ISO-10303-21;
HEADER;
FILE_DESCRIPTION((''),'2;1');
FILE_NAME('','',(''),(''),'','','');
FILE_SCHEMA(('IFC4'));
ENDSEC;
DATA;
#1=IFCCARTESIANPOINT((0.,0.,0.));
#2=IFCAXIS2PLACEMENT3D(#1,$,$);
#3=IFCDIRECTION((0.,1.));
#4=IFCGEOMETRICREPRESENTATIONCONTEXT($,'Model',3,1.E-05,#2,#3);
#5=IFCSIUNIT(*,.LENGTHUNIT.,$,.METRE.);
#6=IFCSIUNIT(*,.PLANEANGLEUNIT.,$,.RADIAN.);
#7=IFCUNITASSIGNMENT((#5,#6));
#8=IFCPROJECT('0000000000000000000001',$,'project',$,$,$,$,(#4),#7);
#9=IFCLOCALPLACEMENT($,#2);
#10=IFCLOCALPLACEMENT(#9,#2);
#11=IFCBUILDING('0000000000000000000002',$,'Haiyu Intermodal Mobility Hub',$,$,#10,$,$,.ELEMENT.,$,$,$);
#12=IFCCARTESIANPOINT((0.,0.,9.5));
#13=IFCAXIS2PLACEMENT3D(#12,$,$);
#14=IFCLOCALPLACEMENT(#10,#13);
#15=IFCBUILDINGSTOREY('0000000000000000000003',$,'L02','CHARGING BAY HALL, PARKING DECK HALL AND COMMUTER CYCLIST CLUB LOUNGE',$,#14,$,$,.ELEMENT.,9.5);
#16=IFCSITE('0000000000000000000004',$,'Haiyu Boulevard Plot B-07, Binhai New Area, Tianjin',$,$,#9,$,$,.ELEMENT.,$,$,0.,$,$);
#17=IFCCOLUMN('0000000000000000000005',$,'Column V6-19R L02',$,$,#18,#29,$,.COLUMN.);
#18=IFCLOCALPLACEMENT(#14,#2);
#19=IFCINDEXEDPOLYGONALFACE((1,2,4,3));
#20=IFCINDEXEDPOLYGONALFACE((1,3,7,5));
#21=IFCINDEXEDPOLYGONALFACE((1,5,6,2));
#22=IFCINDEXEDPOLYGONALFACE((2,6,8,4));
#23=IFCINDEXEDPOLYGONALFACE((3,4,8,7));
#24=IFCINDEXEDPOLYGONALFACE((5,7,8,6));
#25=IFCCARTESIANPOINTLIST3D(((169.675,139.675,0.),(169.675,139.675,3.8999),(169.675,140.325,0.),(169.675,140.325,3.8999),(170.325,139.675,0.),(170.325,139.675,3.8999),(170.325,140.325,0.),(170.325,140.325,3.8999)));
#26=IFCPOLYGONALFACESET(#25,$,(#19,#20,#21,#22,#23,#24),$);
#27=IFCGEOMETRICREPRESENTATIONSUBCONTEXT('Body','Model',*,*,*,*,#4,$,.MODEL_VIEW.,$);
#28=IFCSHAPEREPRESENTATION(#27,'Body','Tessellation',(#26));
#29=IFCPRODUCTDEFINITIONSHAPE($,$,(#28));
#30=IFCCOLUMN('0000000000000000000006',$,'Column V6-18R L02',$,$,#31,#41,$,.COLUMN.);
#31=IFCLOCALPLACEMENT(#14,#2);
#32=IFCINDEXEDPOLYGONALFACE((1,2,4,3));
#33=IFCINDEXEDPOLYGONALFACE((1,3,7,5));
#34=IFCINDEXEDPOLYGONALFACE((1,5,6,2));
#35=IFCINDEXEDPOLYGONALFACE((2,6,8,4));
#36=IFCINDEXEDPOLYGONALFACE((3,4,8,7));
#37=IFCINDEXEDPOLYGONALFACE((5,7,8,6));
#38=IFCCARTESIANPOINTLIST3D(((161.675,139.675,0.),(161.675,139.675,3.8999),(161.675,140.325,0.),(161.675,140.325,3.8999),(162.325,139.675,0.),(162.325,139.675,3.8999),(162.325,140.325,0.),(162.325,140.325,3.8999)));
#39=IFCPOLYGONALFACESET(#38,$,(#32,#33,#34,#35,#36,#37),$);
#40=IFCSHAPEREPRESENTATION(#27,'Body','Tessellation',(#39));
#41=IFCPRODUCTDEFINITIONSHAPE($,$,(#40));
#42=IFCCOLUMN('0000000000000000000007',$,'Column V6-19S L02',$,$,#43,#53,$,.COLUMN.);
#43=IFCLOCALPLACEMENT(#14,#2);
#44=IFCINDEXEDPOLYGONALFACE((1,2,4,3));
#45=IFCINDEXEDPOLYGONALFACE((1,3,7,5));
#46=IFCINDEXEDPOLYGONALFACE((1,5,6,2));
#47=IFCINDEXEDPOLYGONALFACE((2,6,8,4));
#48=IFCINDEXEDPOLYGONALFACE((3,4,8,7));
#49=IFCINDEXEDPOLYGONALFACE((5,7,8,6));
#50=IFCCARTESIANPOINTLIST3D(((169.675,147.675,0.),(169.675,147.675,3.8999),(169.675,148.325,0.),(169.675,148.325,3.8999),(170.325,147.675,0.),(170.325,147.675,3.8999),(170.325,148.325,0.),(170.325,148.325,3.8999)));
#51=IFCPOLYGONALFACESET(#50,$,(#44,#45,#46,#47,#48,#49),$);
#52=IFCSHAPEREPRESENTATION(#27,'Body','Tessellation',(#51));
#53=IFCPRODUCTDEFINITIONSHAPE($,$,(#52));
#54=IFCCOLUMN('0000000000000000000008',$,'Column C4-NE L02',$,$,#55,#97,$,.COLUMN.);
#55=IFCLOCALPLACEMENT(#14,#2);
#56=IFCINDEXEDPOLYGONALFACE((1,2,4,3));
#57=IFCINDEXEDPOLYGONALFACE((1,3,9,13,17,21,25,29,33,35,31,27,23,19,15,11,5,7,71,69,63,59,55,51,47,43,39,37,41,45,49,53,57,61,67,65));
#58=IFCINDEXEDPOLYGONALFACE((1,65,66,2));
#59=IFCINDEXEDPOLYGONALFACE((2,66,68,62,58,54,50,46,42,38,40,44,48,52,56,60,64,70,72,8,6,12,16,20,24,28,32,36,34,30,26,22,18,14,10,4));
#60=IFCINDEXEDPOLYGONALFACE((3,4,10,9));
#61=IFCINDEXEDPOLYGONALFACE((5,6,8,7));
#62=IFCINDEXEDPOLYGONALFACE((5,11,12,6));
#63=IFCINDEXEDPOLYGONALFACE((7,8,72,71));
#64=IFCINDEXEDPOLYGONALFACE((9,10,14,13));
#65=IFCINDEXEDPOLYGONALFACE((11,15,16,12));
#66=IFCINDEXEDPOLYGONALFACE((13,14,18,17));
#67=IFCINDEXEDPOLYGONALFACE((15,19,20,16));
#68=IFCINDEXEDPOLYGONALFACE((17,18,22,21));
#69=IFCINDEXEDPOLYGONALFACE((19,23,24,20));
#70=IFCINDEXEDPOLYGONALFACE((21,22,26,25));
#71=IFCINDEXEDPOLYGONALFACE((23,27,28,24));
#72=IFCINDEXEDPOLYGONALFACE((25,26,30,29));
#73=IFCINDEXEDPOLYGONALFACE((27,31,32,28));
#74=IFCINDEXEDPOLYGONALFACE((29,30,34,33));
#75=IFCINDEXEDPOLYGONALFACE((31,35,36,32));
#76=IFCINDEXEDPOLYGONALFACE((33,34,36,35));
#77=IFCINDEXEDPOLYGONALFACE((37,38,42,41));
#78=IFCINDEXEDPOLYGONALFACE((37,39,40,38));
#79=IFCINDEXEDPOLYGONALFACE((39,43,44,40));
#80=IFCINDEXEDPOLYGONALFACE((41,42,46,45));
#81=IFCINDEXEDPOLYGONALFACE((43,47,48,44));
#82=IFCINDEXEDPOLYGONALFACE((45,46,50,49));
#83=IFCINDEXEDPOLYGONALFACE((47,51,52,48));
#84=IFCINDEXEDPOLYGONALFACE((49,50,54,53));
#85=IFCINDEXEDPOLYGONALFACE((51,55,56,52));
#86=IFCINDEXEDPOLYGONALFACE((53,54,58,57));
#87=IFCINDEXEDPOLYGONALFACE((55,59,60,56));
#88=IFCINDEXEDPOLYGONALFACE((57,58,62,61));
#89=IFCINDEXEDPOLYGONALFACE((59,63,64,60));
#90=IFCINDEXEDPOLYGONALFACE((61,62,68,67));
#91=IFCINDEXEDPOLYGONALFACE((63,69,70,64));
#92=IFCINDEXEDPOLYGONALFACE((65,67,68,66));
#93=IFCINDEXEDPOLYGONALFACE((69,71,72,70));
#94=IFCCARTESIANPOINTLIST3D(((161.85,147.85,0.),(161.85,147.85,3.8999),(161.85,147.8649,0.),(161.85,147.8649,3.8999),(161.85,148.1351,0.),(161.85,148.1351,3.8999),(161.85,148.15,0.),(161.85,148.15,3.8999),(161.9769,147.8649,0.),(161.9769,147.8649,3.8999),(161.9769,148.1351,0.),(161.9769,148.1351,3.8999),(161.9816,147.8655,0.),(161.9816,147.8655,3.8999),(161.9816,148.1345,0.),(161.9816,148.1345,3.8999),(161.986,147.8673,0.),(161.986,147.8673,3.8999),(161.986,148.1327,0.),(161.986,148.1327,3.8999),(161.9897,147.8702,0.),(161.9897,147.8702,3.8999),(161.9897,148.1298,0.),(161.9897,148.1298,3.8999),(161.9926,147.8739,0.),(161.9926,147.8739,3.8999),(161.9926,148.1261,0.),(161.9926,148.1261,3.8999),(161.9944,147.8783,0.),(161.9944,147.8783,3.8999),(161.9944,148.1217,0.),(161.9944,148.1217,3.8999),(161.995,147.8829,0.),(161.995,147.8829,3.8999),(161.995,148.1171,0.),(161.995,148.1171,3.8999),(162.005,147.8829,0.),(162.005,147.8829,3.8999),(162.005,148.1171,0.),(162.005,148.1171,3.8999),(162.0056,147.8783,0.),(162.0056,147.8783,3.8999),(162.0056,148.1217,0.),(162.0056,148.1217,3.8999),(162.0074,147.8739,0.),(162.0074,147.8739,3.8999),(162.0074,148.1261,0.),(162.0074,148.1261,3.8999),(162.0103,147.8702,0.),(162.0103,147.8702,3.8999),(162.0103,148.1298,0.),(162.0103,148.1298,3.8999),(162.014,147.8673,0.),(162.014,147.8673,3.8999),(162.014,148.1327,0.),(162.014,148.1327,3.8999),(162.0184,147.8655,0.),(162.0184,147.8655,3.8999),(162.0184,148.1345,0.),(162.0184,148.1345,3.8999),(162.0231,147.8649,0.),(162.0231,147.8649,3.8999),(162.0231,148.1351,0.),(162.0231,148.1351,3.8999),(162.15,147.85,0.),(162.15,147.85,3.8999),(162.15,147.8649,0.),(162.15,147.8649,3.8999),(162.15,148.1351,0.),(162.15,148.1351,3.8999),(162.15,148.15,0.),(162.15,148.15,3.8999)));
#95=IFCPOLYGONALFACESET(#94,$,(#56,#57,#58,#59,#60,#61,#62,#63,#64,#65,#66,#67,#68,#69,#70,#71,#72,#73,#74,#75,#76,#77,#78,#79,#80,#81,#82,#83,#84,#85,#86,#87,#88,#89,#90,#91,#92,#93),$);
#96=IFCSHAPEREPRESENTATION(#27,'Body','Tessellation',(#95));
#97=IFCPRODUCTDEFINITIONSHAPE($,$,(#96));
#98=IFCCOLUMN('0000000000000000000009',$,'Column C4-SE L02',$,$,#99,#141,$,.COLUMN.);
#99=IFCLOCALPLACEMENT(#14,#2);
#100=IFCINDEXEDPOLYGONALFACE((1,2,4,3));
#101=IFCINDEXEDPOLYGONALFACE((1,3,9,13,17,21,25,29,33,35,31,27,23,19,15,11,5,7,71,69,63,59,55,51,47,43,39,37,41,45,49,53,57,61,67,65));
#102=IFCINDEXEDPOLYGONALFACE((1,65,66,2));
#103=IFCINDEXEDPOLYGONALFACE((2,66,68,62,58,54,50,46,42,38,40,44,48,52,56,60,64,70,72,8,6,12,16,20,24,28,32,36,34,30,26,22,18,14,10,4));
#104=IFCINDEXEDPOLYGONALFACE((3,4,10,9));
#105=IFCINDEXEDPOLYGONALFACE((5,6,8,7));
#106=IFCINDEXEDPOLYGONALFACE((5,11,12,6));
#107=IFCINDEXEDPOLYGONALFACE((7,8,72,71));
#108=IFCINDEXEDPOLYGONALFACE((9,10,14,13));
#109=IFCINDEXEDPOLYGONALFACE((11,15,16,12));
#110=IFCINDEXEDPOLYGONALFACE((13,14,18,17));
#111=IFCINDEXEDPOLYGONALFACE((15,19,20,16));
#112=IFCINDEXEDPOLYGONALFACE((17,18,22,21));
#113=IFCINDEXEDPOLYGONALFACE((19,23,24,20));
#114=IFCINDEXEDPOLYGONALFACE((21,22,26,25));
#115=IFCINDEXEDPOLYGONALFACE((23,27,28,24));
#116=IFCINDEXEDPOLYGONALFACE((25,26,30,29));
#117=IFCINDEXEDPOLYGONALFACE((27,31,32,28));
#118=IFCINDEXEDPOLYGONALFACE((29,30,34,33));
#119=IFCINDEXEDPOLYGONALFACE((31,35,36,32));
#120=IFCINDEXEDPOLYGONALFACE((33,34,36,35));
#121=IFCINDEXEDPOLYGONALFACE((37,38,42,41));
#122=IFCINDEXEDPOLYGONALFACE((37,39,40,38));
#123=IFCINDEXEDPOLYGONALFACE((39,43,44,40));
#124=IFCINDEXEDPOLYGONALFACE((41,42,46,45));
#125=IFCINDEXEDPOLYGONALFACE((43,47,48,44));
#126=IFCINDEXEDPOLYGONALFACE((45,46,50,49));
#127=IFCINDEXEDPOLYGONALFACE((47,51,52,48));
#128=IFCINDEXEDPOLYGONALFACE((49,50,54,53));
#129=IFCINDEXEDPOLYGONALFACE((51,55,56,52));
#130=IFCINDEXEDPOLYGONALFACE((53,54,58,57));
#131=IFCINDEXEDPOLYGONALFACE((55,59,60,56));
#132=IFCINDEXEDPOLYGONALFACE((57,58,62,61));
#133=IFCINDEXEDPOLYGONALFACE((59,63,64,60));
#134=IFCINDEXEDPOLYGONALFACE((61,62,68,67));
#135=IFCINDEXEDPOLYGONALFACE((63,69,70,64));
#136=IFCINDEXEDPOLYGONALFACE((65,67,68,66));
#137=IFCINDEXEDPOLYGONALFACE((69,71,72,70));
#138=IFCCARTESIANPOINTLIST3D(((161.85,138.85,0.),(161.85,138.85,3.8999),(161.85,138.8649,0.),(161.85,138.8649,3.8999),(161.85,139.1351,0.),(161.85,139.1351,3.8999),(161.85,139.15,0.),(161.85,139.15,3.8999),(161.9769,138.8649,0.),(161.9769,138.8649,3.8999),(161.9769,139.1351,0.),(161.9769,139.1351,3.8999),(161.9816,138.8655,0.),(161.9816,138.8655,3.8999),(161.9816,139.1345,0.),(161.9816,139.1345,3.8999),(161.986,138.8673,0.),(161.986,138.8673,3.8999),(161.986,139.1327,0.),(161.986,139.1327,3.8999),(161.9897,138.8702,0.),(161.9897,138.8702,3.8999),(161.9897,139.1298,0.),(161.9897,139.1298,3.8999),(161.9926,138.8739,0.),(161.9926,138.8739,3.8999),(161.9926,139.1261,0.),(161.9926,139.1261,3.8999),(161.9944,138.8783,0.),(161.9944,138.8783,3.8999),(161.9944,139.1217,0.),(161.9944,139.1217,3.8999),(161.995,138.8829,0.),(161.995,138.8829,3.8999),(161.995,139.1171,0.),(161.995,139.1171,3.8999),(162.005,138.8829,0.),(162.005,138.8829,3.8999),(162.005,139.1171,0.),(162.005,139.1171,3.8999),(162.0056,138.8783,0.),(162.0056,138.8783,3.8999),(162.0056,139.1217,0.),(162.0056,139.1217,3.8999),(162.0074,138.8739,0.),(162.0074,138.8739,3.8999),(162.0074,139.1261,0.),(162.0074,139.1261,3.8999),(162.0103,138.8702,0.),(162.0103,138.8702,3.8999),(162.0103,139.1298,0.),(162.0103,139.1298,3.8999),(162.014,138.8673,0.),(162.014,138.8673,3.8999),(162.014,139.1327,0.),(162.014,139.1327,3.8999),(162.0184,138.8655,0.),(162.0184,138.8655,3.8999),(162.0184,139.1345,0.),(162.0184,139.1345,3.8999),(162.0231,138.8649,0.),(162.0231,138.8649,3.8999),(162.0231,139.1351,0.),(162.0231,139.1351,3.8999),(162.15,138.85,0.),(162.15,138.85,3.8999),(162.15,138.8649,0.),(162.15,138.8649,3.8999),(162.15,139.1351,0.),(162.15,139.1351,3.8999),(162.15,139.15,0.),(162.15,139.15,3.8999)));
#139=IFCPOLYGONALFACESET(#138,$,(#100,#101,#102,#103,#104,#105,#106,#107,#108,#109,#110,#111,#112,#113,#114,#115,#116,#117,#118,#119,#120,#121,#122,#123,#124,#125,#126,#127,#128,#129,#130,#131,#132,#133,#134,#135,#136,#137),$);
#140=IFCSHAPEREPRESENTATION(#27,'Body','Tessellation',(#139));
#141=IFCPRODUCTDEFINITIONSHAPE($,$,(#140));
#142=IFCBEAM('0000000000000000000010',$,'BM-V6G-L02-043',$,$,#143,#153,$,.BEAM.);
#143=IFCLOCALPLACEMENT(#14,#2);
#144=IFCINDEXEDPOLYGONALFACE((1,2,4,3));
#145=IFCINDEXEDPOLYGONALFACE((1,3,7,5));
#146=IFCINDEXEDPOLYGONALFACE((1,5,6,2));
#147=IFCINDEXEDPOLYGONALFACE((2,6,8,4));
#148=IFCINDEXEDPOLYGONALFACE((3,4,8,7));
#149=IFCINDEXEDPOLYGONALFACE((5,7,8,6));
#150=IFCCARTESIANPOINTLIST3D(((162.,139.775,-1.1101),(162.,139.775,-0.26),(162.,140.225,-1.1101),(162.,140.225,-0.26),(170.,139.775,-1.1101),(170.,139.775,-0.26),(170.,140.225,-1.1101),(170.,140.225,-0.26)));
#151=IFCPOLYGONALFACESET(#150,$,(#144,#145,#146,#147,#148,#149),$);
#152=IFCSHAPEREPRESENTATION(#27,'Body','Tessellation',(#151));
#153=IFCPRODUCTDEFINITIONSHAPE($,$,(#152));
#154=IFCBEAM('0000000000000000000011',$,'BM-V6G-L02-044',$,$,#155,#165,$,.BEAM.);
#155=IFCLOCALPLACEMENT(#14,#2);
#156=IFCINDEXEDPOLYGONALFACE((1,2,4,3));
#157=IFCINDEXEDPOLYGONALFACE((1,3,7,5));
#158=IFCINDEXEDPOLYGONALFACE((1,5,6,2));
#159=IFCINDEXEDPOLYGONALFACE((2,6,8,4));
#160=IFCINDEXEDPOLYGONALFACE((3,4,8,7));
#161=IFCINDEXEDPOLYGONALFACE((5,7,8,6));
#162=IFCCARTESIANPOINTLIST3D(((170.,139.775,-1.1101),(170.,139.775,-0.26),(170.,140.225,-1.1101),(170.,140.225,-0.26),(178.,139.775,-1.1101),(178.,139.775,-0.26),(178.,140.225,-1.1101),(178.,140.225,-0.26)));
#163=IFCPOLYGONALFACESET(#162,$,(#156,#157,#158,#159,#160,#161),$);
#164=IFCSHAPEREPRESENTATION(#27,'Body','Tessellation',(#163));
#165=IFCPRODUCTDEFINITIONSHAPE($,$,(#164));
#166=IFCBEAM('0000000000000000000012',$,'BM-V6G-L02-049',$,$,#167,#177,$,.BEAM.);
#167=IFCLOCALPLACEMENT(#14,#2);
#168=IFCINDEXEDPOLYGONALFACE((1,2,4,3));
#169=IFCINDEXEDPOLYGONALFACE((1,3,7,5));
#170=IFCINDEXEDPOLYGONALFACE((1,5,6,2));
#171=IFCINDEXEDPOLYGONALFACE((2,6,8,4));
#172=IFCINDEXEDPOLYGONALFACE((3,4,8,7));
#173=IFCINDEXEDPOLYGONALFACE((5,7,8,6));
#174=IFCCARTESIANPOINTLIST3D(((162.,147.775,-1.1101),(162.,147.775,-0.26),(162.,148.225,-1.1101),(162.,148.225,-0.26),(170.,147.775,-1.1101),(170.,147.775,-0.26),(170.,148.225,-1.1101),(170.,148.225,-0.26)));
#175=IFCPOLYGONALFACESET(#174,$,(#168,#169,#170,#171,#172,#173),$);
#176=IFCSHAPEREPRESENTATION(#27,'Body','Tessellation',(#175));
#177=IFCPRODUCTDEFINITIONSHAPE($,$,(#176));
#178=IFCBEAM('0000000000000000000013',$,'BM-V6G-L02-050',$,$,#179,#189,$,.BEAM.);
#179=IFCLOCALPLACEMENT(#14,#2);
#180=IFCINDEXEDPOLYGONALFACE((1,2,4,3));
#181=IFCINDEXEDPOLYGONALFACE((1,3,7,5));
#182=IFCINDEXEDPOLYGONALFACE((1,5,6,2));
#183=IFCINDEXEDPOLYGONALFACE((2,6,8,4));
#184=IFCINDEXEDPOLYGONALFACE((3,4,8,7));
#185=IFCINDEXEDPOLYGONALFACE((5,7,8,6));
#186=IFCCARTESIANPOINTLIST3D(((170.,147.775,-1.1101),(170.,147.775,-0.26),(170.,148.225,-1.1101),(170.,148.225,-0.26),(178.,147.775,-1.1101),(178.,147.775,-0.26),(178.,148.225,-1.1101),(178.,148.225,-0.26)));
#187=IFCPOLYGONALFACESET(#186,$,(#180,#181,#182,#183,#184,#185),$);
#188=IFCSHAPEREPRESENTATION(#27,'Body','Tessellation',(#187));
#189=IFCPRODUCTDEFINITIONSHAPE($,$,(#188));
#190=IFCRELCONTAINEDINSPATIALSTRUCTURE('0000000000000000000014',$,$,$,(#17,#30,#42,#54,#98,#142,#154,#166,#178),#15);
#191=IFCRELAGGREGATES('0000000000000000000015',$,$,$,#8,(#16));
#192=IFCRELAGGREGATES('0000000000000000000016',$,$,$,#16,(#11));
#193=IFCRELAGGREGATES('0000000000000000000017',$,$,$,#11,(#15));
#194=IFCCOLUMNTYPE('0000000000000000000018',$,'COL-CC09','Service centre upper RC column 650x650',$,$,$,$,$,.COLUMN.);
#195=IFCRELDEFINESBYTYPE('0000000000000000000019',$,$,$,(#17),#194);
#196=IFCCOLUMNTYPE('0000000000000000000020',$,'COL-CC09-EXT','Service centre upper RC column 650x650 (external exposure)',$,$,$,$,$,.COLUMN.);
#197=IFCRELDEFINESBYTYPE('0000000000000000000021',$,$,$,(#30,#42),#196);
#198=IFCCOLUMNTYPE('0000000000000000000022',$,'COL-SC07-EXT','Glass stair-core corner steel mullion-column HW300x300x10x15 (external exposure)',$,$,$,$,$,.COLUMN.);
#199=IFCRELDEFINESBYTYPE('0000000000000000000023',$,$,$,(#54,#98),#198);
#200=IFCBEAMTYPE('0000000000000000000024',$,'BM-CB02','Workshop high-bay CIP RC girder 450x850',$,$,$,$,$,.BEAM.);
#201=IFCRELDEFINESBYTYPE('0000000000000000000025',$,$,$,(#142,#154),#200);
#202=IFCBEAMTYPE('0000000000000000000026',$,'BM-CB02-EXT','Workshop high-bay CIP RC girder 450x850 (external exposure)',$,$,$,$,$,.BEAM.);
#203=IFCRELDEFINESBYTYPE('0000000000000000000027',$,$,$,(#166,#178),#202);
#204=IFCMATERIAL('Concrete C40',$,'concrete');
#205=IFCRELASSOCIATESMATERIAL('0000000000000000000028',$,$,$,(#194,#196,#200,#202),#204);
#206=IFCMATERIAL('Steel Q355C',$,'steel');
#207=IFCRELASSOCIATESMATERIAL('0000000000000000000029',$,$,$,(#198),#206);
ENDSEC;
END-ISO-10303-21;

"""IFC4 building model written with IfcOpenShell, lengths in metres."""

from ifc_helpers import new_model, si_unit, direction, frame, origin, origin_2d, place, context, subcontext, project, spatial, rectangle, i_section, extrude, material, material_profile, profile_set, type_object, element, save


model = new_model("IFC4")

# Units and contexts
model_context = context("Model", 3, precision=1e-05, world=origin(), true_north=direction((0.0, 1.0)))
body_context = subcontext(model_context, "Body", "Model", "MODEL_VIEW")
ifc_project = project(units=[si_unit("LENGTHUNIT", "METRE"), si_unit("PLANEANGLEUNIT", "RADIAN")], contexts=[model_context])

# Site, building, storey
site_placement = place(None, origin())
site = spatial("IfcSite", under=ifc_project, at=site_placement, Name="Haiyu Boulevard Plot B-07, Binhai New Area, Tianjin", CompositionType="ELEMENT", RefElevation=0.0)
building_placement = place(site_placement, origin())
building = spatial("IfcBuilding", under=site, at=building_placement, Name="Haiyu Intermodal Mobility Hub", CompositionType="ELEMENT")
storey_placement = place(building_placement, frame((0.0, 0.0, 9.5)))
storey = spatial("IfcBuildingStorey", under=building, at=storey_placement, Name="L02", Description="CHARGING BAY HALL, PARKING DECK HALL AND COMMUTER CYCLIST CLUB LOUNGE", CompositionType="ELEMENT", Elevation=9.5)

# Columns
ifc_material_1 = material(Name="Concrete C40", Category="concrete")
ifc_material_profile_1 = material_profile(ifc_material_1, rectangle(XDim=0.6499, YDim=0.6499, at=origin_2d()), Name="RC650x650")
ifc_profile_set_1 = profile_set([ifc_material_profile_1], Name="Concrete C40")
column_type_1 = type_object("IfcColumnType", Name="COL-CC09", Description="Service centre upper RC column 650x650", PredefinedType="COLUMN", material=ifc_profile_set_1)
column_placement = place(storey_placement, frame((170.0, 140.0, 0.0), z_axis=(0.0, 0.0, 1.0), x_axis=(1.0, 0.0, 0.0)))
element("IfcColumn", 1, at=column_placement, inside=storey, type_object=column_type_1, Name="Column V6-19R L02", PredefinedType="COLUMN", context=body_context, shape_type="SweptSolid", body=[
    extrude(rectangle(XDim=0.6499, YDim=0.6499, at=origin_2d()), origin(), (0.0, 0.0, 1.0), 3.8999),
])
ifc_material_profile_2 = material_profile(ifc_material_1, rectangle(XDim=0.6499, YDim=0.6499, at=origin_2d()), Name="RC650x650")
ifc_profile_set_2 = profile_set([ifc_material_profile_2], Name="Concrete C40")
column_type_2 = type_object("IfcColumnType", Name="COL-CC09-EXT", Description="Service centre upper RC column 650x650 (external exposure)", PredefinedType="COLUMN", material=ifc_profile_set_2)
for number, where, z_axis, x_axis, name in (
    (2, (162.0, 140.0, 0.0), (0.0, 0.0, 1.0), (1.0, 0.0, 0.0), "Column V6-18R L02"),
    (3, (170.0, 148.0, 0.0), (0.0, 0.0, 1.0), (1.0, 0.0, 0.0), "Column V6-19S L02"),
):
    element("IfcColumn", number, at=place(storey_placement, frame(where, z_axis=z_axis, x_axis=x_axis)), inside=storey, type_object=column_type_2, Name=name, PredefinedType="COLUMN", context=body_context, shape_type="SweptSolid", body=[
        extrude(rectangle(XDim=0.6499, YDim=0.6499, at=origin_2d()), origin(), (0.0, 0.0, 1.0), 3.8999),
    ])
ifc_material_2 = material(Name="Steel Q355C", Category="steel")
ifc_material_profile_3 = material_profile(ifc_material_2, i_section(OverallWidth=0.3, OverallDepth=0.3, WebThickness=0.01, FlangeThickness=0.0149, FilletRadius=0.0181, at=origin_2d()), Name="HW300x300x10x15")
ifc_profile_set_3 = profile_set([ifc_material_profile_3], Name="Steel Q355C")
column_type_3 = type_object("IfcColumnType", Name="COL-SC07-EXT", Description="Glass stair-core corner steel mullion-column HW300x300x10x15 (external exposure)", PredefinedType="COLUMN", material=ifc_profile_set_3)
for number, where, z_axis, x_axis, name in (
    (4, (162.0, 148.0, 0.0), (0.0, 0.0, 1.0), (1.0, 0.0, 0.0), "Column C4-NE L02"),
    (5, (162.0, 139.0, 0.0), (0.0, 0.0, 1.0), (1.0, 0.0, 0.0), "Column C4-SE L02"),
):
    element("IfcColumn", number, at=place(storey_placement, frame(where, z_axis=z_axis, x_axis=x_axis)), inside=storey, type_object=column_type_3, Name=name, PredefinedType="COLUMN", context=body_context, shape_type="SweptSolid", body=[
        extrude(i_section(OverallWidth=0.3, OverallDepth=0.3, WebThickness=0.01, FlangeThickness=0.0149, FilletRadius=0.0181, at=origin_2d()), origin(), (0.0, 0.0, 1.0), 3.8999),
    ])

# Beams
ifc_material_profile_4 = material_profile(ifc_material_1, rectangle(XDim=0.45, YDim=0.8501, at=origin_2d()), Name="RCB450x850")
ifc_profile_set_4 = profile_set([ifc_material_profile_4], Name="Concrete C40")
beam_type_1 = type_object("IfcBeamType", Name="BM-CB02", Description="Workshop high-bay CIP RC girder 450x850", PredefinedType="BEAM", material=ifc_profile_set_4)
for number, where, z_axis, x_axis, name in (
    (6, (162.0, 140.0, -0.6851), (1.0, 0.0, 0.0), (0.0, 1.0, 0.0), "BM-V6G-L02-043"),
    (7, (170.0, 140.0, -0.6851), (1.0, 0.0, 0.0), (0.0, 1.0, 0.0), "BM-V6G-L02-044"),
):
    element("IfcBeam", number, at=place(storey_placement, frame(where, z_axis=z_axis, x_axis=x_axis)), inside=storey, type_object=beam_type_1, Name=name, PredefinedType="BEAM", context=body_context, shape_type="SweptSolid", body=[
        extrude(rectangle(XDim=0.45, YDim=0.8501, at=origin_2d()), origin(), (0.0, 0.0, 1.0), 8.0),
    ])
ifc_material_profile_5 = material_profile(ifc_material_1, rectangle(XDim=0.45, YDim=0.8501, at=origin_2d()), Name="RCB450x850")
ifc_profile_set_5 = profile_set([ifc_material_profile_5], Name="Concrete C40")
beam_type_2 = type_object("IfcBeamType", Name="BM-CB02-EXT", Description="Workshop high-bay CIP RC girder 450x850 (external exposure)", PredefinedType="BEAM", material=ifc_profile_set_5)
for number, where, z_axis, x_axis, name in (
    (8, (162.0, 148.0, -0.6851), (1.0, 0.0, 0.0), (0.0, 1.0, 0.0), "BM-V6G-L02-049"),
    (9, (170.0, 148.0, -0.6851), (1.0, 0.0, 0.0), (0.0, 1.0, 0.0), "BM-V6G-L02-050"),
):
    element("IfcBeam", number, at=place(storey_placement, frame(where, z_axis=z_axis, x_axis=x_axis)), inside=storey, type_object=beam_type_2, Name=name, PredefinedType="BEAM", context=body_context, shape_type="SweptSolid", body=[
        extrude(rectangle(XDim=0.45, YDim=0.8501, at=origin_2d()), origin(), (0.0, 0.0, 1.0), 8.0),
    ])

save(model, "model.ifc")
